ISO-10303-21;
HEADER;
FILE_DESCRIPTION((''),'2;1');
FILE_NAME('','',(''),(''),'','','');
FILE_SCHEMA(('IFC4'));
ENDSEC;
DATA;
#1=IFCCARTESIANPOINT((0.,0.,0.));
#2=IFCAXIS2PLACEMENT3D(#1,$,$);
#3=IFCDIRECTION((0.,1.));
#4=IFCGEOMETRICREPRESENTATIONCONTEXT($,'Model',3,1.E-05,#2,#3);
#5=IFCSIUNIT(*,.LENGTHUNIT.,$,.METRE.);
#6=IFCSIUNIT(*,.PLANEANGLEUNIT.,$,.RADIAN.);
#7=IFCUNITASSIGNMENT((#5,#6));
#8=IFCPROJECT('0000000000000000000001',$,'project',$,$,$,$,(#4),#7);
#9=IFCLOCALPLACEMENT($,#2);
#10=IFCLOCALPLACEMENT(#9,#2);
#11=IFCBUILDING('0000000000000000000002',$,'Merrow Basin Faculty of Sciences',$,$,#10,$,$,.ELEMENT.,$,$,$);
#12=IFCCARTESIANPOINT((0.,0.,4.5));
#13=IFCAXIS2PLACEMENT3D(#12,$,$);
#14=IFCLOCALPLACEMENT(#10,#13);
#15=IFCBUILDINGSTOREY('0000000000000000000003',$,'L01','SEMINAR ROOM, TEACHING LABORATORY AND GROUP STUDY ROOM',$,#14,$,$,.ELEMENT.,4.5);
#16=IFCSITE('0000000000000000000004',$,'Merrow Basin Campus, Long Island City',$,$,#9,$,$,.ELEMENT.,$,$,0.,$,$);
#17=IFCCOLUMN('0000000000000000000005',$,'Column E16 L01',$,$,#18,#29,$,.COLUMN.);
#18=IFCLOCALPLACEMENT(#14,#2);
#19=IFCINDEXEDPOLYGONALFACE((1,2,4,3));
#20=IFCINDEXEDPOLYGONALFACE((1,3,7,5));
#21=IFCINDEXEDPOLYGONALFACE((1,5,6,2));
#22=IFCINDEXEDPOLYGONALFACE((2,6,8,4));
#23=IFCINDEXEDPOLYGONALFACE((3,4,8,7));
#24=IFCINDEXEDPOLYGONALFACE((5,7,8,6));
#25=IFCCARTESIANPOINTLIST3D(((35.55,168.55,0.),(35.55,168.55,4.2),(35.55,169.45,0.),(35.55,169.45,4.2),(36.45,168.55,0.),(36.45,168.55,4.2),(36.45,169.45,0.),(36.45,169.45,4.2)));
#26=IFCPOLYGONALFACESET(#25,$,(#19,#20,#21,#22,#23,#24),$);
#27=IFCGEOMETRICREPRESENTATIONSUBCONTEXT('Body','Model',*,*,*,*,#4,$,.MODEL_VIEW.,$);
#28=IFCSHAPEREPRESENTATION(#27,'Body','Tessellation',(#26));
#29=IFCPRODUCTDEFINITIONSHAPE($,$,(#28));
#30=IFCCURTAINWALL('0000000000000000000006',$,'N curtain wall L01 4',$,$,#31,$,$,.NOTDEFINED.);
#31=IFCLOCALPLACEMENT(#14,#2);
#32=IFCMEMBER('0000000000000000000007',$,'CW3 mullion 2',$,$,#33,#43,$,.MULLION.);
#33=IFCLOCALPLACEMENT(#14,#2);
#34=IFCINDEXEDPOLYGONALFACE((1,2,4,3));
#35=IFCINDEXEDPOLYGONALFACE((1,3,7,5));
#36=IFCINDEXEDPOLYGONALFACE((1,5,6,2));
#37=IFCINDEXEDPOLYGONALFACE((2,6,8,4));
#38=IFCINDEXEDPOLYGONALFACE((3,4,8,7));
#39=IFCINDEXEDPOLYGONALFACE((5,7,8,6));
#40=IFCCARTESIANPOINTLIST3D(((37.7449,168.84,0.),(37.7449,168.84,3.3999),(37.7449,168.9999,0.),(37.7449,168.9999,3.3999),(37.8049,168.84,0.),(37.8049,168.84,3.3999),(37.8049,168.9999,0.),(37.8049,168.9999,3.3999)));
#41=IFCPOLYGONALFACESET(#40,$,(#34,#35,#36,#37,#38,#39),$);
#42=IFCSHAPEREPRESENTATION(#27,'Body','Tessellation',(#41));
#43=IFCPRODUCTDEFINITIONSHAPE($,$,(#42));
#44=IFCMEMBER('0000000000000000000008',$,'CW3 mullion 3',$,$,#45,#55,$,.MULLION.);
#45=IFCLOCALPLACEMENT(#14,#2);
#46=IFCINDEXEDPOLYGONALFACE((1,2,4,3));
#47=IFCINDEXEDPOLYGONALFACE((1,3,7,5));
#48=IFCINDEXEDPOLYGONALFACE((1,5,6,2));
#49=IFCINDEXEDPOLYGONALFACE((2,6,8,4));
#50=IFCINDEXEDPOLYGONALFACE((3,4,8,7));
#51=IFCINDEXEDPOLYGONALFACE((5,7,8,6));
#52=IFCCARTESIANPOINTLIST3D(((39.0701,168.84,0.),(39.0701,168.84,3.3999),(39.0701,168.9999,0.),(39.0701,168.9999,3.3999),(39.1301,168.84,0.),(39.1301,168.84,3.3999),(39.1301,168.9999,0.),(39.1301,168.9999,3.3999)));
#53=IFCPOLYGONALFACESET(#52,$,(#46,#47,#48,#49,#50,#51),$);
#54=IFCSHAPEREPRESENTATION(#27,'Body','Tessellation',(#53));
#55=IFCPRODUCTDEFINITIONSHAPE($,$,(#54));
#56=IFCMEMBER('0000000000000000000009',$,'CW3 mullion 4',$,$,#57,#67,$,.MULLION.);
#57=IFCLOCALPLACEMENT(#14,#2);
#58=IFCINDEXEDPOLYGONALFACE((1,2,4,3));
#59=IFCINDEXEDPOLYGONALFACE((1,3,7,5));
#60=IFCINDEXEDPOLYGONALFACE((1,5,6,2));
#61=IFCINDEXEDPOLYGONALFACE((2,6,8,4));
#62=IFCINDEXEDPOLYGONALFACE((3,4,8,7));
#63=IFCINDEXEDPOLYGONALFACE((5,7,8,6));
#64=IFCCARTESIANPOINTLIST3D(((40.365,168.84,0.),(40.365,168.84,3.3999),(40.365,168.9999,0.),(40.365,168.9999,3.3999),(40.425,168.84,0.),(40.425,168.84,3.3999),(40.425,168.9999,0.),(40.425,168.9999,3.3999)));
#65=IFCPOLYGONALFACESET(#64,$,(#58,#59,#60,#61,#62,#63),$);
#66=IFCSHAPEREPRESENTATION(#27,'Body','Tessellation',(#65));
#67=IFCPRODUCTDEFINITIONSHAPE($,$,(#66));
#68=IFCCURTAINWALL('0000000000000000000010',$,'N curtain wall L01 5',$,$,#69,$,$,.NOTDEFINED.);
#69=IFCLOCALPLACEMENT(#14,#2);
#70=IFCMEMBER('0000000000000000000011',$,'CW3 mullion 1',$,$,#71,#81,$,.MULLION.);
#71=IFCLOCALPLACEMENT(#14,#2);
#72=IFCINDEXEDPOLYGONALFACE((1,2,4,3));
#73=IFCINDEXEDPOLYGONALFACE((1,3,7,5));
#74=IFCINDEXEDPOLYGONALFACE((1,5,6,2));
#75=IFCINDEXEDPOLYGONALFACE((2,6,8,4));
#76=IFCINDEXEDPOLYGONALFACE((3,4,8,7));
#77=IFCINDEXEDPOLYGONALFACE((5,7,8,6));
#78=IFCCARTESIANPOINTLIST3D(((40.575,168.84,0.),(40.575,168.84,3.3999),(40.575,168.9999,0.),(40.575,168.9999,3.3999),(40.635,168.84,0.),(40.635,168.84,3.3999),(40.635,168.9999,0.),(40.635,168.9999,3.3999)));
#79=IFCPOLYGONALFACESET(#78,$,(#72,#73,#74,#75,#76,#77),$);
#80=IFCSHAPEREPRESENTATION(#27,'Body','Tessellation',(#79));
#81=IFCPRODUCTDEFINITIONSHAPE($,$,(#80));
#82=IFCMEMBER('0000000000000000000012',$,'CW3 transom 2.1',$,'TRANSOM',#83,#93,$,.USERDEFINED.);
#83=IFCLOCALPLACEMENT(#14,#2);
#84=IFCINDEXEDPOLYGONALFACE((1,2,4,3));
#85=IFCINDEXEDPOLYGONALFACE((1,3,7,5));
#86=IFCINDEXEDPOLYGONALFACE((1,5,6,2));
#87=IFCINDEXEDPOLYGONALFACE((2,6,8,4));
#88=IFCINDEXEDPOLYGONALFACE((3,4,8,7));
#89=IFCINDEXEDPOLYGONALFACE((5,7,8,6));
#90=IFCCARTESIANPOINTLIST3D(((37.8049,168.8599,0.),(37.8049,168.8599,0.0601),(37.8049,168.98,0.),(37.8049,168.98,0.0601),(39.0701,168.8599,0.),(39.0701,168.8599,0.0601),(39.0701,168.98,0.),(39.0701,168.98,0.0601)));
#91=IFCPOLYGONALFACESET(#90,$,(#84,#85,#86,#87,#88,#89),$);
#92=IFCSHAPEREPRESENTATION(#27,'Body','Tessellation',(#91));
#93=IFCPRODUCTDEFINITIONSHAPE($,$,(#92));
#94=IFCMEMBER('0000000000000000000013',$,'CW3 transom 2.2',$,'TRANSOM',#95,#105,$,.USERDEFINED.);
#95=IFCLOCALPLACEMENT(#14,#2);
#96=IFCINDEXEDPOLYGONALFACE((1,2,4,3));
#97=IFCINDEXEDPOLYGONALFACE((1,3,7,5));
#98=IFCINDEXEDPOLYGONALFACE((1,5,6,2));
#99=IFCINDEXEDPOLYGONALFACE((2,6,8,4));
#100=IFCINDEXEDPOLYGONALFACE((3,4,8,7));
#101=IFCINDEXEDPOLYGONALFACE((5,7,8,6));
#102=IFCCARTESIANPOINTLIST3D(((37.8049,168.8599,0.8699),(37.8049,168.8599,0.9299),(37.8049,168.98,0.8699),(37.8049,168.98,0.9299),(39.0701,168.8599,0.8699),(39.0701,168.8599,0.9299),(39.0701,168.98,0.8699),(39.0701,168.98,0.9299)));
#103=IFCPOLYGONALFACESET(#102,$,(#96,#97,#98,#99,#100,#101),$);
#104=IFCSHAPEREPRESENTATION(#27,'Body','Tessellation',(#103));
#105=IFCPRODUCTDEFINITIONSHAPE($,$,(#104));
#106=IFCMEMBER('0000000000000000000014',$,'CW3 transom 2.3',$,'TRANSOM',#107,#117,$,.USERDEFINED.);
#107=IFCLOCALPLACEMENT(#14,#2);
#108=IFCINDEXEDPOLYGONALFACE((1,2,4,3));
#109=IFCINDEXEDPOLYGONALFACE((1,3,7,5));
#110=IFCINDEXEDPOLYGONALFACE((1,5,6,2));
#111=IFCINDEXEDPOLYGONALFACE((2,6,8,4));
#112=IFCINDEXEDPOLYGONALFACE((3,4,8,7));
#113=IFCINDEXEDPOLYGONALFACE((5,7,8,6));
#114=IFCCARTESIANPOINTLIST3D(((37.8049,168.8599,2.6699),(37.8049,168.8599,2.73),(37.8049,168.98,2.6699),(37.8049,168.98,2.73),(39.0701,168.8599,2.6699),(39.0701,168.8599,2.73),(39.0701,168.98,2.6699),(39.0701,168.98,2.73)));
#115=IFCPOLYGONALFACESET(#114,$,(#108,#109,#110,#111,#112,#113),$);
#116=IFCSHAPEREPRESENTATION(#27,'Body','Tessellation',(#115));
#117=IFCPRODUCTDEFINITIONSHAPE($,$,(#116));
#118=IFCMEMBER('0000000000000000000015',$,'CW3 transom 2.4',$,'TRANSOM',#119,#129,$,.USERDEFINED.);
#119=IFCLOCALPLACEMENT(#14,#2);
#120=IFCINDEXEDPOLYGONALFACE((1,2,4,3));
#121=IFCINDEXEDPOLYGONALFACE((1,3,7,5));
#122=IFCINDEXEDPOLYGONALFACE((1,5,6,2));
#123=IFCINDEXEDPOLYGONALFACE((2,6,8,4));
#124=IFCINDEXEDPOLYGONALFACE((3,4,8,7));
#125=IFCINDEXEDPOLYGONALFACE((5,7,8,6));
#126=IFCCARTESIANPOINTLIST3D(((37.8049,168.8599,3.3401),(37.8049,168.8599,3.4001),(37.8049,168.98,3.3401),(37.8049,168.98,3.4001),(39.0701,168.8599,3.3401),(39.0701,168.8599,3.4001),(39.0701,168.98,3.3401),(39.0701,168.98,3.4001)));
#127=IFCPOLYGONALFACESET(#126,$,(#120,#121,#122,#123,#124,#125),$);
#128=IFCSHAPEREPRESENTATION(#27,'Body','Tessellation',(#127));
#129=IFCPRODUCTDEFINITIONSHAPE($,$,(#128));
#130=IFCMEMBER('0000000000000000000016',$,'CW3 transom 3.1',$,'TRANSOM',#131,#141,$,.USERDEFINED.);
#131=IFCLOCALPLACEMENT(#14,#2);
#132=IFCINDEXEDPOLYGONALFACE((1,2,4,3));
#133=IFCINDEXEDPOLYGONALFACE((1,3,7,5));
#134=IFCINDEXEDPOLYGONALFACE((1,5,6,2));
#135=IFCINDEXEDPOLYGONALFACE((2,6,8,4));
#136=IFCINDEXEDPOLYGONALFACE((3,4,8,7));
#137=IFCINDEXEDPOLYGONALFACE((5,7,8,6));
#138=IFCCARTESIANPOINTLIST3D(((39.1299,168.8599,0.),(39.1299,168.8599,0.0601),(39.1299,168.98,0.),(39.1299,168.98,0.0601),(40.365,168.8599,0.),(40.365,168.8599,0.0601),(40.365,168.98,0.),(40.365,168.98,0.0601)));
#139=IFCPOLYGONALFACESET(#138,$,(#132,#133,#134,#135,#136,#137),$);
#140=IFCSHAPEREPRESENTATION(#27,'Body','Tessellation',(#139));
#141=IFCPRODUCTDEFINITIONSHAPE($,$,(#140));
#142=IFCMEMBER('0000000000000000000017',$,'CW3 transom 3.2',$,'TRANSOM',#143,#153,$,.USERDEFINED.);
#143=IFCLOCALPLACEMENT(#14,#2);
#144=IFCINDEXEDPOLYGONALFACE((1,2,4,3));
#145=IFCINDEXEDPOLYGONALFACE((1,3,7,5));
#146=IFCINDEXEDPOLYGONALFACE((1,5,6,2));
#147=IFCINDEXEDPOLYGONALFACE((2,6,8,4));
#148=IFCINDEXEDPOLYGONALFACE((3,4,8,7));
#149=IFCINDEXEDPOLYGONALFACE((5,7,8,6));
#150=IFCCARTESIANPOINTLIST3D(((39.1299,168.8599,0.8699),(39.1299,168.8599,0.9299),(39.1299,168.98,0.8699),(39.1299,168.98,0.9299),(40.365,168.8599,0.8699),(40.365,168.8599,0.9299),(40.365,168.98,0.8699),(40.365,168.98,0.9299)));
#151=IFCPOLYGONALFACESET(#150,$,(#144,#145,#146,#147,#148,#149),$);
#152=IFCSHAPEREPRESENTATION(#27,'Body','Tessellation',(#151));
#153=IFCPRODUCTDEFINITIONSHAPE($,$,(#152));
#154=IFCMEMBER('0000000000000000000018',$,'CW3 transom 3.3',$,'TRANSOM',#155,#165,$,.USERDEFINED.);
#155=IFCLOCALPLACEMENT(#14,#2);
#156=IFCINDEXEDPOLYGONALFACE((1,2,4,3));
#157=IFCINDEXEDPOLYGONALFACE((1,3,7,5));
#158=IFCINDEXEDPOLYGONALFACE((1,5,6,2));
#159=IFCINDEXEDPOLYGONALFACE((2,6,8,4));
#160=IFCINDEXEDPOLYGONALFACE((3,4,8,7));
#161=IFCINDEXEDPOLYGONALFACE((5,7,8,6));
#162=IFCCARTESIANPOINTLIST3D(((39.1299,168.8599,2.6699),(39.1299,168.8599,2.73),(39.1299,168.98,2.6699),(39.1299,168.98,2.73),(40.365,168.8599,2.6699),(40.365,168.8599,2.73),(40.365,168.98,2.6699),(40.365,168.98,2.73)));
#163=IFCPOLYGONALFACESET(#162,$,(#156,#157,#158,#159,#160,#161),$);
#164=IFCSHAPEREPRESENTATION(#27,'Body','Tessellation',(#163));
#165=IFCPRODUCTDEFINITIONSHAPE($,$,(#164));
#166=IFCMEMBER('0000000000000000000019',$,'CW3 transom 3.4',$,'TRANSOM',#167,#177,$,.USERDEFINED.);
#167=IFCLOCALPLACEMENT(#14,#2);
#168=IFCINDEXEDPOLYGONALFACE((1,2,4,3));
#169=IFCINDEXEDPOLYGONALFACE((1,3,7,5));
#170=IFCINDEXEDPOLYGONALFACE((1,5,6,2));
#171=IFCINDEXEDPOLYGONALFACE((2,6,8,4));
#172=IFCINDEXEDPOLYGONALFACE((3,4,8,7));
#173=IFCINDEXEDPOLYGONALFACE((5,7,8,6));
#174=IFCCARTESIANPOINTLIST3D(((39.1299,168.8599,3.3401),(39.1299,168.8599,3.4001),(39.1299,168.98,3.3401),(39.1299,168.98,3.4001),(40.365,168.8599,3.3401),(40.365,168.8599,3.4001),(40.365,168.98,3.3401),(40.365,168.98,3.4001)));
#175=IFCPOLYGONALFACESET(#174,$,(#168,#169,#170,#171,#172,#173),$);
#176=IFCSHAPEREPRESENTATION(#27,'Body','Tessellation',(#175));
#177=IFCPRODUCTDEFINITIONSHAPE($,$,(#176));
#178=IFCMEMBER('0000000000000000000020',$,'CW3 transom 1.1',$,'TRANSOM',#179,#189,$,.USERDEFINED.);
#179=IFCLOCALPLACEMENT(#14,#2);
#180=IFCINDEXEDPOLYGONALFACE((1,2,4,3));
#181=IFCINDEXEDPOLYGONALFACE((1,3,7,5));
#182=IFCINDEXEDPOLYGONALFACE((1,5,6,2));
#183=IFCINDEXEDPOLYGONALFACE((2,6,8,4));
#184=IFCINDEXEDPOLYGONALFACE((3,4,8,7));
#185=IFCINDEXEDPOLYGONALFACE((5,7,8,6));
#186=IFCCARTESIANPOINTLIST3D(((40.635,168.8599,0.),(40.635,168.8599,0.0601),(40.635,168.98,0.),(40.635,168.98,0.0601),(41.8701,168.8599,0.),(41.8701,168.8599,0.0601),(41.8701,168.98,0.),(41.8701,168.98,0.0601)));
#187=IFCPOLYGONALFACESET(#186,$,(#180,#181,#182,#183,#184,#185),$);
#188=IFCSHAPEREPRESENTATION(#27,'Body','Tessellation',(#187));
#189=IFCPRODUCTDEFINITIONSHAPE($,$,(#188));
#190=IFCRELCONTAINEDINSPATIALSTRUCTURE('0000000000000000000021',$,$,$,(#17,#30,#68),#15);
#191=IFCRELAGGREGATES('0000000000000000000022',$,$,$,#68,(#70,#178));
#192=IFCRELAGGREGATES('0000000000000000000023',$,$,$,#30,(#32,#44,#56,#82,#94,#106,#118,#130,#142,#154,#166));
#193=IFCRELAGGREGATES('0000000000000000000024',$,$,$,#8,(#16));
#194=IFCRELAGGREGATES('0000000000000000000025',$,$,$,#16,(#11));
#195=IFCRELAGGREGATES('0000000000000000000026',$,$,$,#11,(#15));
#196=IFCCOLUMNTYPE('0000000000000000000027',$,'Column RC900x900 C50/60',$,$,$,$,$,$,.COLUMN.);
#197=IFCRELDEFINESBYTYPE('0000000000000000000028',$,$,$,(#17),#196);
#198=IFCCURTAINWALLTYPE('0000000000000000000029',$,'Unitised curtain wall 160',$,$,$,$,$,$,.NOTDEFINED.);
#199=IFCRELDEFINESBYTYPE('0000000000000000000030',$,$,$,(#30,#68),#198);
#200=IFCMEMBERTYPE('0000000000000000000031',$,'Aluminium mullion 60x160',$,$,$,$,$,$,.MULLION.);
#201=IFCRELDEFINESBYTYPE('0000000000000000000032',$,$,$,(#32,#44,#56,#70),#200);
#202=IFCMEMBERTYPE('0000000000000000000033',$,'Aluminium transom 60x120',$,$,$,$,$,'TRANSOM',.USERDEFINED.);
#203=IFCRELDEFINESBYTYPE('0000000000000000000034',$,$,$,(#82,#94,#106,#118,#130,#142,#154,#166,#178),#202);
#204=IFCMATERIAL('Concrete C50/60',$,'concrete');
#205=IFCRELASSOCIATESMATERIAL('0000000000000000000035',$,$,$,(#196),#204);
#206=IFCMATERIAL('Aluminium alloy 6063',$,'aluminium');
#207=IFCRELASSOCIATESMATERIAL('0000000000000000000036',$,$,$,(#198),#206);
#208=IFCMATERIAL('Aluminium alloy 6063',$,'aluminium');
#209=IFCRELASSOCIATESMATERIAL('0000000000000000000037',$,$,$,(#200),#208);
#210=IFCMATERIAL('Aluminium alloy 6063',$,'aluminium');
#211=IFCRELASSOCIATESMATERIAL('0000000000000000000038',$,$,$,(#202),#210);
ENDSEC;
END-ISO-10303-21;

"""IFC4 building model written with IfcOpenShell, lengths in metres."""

from ifc_helpers import new_model, si_unit, direction, frame, origin, origin_2d, place, context, subcontext, project, spatial, rectangle, extrude, material, material_profile, profile_set, type_object, element, aggregate, save


model = new_model("IFC4")

# Units and contexts
model_context = context("Model", 3, precision=1e-05, world=origin(), true_north=direction((0.0, 1.0)))
body_context = subcontext(model_context, "Body", "Model", "MODEL_VIEW")
ifc_project = project(units=[si_unit("LENGTHUNIT", "METRE"), si_unit("PLANEANGLEUNIT", "RADIAN")], contexts=[model_context])

# Site, building, storey
site_placement = place(None, origin())
site = spatial("IfcSite", under=ifc_project, at=site_placement, Name="Merrow Basin Campus, Long Island City", CompositionType="ELEMENT", RefElevation=0.0)
building_placement = place(site_placement, origin())
building = spatial("IfcBuilding", under=site, at=building_placement, Name="Merrow Basin Faculty of Sciences", CompositionType="ELEMENT")
storey_placement = place(building_placement, frame((0.0, 0.0, 4.5)))
storey = spatial("IfcBuildingStorey", under=building, at=storey_placement, Name="L01", Description="SEMINAR ROOM, TEACHING LABORATORY AND GROUP STUDY ROOM", CompositionType="ELEMENT", Elevation=4.5)

# Column
ifc_material_1 = material(Name="Concrete C50/60", Category="concrete")
ifc_material_profile_1 = material_profile(ifc_material_1, rectangle(XDim=0.8999, YDim=0.8999, at=origin_2d()))
ifc_profile_set_1 = profile_set([ifc_material_profile_1], Name="Concrete C50/60")
column_type = type_object("IfcColumnType", Name="Column RC900x900 C50/60", PredefinedType="COLUMN", material=ifc_profile_set_1)
column_placement = place(storey_placement, frame((36.0, 169.0, 0.0), z_axis=(0.0, 0.0, 1.0), x_axis=(1.0, 0.0, 0.0)))
element("IfcColumn", 1, at=column_placement, inside=storey, type_object=column_type, Name="Column E16 L01", PredefinedType="COLUMN", context=body_context, shape_type="SweptSolid", body=[
    extrude(rectangle(XDim=0.8999, YDim=0.8999, at=origin_2d()), origin(), (0.0, 0.0, 1.0), 4.2),
])

# Curtain wall, members
ifc_material_2 = material(Name="Aluminium alloy 6063", Category="aluminium")
curtain_wall_type = type_object("IfcCurtainWallType", Name="Unitised curtain wall 160", PredefinedType="NOTDEFINED", material=ifc_material_2)
curtain_wall_1_placement = place(storey_placement, origin())
curtain_wall_1 = element("IfcCurtainWall", 2, at=curtain_wall_1_placement, inside=storey, type_object=curtain_wall_type, Name="N curtain wall L01 4", PredefinedType="NOTDEFINED")
ifc_material_3 = material(Name="Aluminium alloy 6063", Category="aluminium")
ifc_material_profile_2 = material_profile(ifc_material_3, rectangle(XDim=0.1599, YDim=0.0601, at=origin_2d()))
ifc_profile_set_2 = profile_set([ifc_material_profile_2], Name="Aluminium alloy 6063")
member_type_1 = type_object("IfcMemberType", Name="Aluminium mullion 60x160", PredefinedType="MULLION", material=ifc_profile_set_2)
member_1_placement = place(storey_placement, frame((37.7749, 168.9199, 0.0), z_axis=(0.0, 0.0, 1.0), x_axis=(0.0, 1.0, 0.0)))
member_1 = element("IfcMember", 3, at=member_1_placement, type_object=member_type_1, Name="CW3 mullion 2", PredefinedType="MULLION", context=body_context, shape_type="SweptSolid", body=[
    extrude(rectangle(XDim=0.1599, YDim=0.0601, at=origin_2d()), origin(), (0.0, 0.0, 1.0), 3.3999),
])
member_2_placement = place(storey_placement, frame((39.1001, 168.9199, 0.0), z_axis=(0.0, 0.0, 1.0), x_axis=(0.0, 1.0, 0.0)))
member_2 = element("IfcMember", 4, at=member_2_placement, type_object=member_type_1, Name="CW3 mullion 3", PredefinedType="MULLION", context=body_context, shape_type="SweptSolid", body=[
    extrude(rectangle(XDim=0.1599, YDim=0.0601, at=origin_2d()), origin(), (0.0, 0.0, 1.0), 3.3999),
])
member_3_placement = place(storey_placement, frame((40.395, 168.9199, 0.0), z_axis=(0.0, 0.0, 1.0), x_axis=(0.0, 1.0, 0.0)))
member_3 = element("IfcMember", 5, at=member_3_placement, type_object=member_type_1, Name="CW3 mullion 4", PredefinedType="MULLION", context=body_context, shape_type="SweptSolid", body=[
    extrude(rectangle(XDim=0.1599, YDim=0.0601, at=origin_2d()), origin(), (0.0, 0.0, 1.0), 3.3999),
])

# Curtain wall, member
curtain_wall_2_placement = place(storey_placement, origin())
curtain_wall_2 = element("IfcCurtainWall", 6, at=curtain_wall_2_placement, inside=storey, type_object=curtain_wall_type, Name="N curtain wall L01 5", PredefinedType="NOTDEFINED")
member_4_placement = place(storey_placement, frame((40.605, 168.9199, 0.0), z_axis=(0.0, 0.0, 1.0), x_axis=(0.0, 1.0, 0.0)))
member_4 = element("IfcMember", 7, at=member_4_placement, type_object=member_type_1, Name="CW3 mullion 1", PredefinedType="MULLION", context=body_context, shape_type="SweptSolid", body=[
    extrude(rectangle(XDim=0.1599, YDim=0.0601, at=origin_2d()), origin(), (0.0, 0.0, 1.0), 3.3999),
])

# Members
ifc_material_4 = material(Name="Aluminium alloy 6063", Category="aluminium")
ifc_material_profile_3 = material_profile(ifc_material_4, rectangle(XDim=0.1201, YDim=0.0601, at=origin_2d()))
ifc_profile_set_3 = profile_set([ifc_material_profile_3], Name="Aluminium alloy 6063")
member_type_2 = type_object("IfcMemberType", Name="Aluminium transom 60x120", ElementType="TRANSOM", PredefinedType="USERDEFINED", material=ifc_profile_set_3)
member_5_placement = place(storey_placement, frame((37.8049, 168.9199, 0.03), z_axis=(1.0, 0.0, 0.0), x_axis=(0.0, 1.0, 0.0)))
member_5 = element("IfcMember", 8, at=member_5_placement, type_object=member_type_2, Name="CW3 transom 2.1", ObjectType="TRANSOM", PredefinedType="USERDEFINED", context=body_context, shape_type="SweptSolid", body=[
    extrude(rectangle(XDim=0.1201, YDim=0.0601, at=origin_2d()), origin(), (0.0, 0.0, 1.0), 1.2651),
])
member_6_placement = place(storey_placement, frame((37.8049, 168.9199, 0.8999), z_axis=(1.0, 0.0, 0.0), x_axis=(0.0, 1.0, 0.0)))
member_6 = element("IfcMember", 9, at=member_6_placement, type_object=member_type_2, Name="CW3 transom 2.2", ObjectType="TRANSOM", PredefinedType="USERDEFINED", context=body_context, shape_type="SweptSolid", body=[
    extrude(rectangle(XDim=0.1201, YDim=0.0601, at=origin_2d()), origin(), (0.0, 0.0, 1.0), 1.2651),
])
member_7_placement = place(storey_placement, frame((37.8049, 168.9199, 2.7), z_axis=(1.0, 0.0, 0.0), x_axis=(0.0, 1.0, 0.0)))
member_7 = element("IfcMember", 10, at=member_7_placement, type_object=member_type_2, Name="CW3 transom 2.3", ObjectType="TRANSOM", PredefinedType="USERDEFINED", context=body_context, shape_type="SweptSolid", body=[
    extrude(rectangle(XDim=0.1201, YDim=0.0601, at=origin_2d()), origin(), (0.0, 0.0, 1.0), 1.2651),
])
member_8_placement = place(storey_placement, frame((37.8049, 168.9199, 3.3701), z_axis=(1.0, 0.0, 0.0), x_axis=(0.0, 1.0, 0.0)))
member_8 = element("IfcMember", 11, at=member_8_placement, type_object=member_type_2, Name="CW3 transom 2.4", ObjectType="TRANSOM", PredefinedType="USERDEFINED", context=body_context, shape_type="SweptSolid", body=[
    extrude(rectangle(XDim=0.1201, YDim=0.0601, at=origin_2d()), origin(), (0.0, 0.0, 1.0), 1.2651),
])
member_9_placement = place(storey_placement, frame((39.1299, 168.9199, 0.03), z_axis=(1.0, 0.0, 0.0), x_axis=(0.0, 1.0, 0.0)))
member_9 = element("IfcMember", 12, at=member_9_placement, type_object=member_type_2, Name="CW3 transom 3.1", ObjectType="TRANSOM", PredefinedType="USERDEFINED", context=body_context, shape_type="SweptSolid", body=[
    extrude(rectangle(XDim=0.1201, YDim=0.0601, at=origin_2d()), origin(), (0.0, 0.0, 1.0), 1.2351),
])
member_10_placement = place(storey_placement, frame((39.1299, 168.9199, 0.8999), z_axis=(1.0, 0.0, 0.0), x_axis=(0.0, 1.0, 0.0)))
member_10 = element("IfcMember", 13, at=member_10_placement, type_object=member_type_2, Name="CW3 transom 3.2", ObjectType="TRANSOM", PredefinedType="USERDEFINED", context=body_context, shape_type="SweptSolid", body=[
    extrude(rectangle(XDim=0.1201, YDim=0.0601, at=origin_2d()), origin(), (0.0, 0.0, 1.0), 1.2351),
])
member_11_placement = place(storey_placement, frame((39.1299, 168.9199, 2.7), z_axis=(1.0, 0.0, 0.0), x_axis=(0.0, 1.0, 0.0)))
member_11 = element("IfcMember", 14, at=member_11_placement, type_object=member_type_2, Name="CW3 transom 3.3", ObjectType="TRANSOM", PredefinedType="USERDEFINED", context=body_context, shape_type="SweptSolid", body=[
    extrude(rectangle(XDim=0.1201, YDim=0.0601, at=origin_2d()), origin(), (0.0, 0.0, 1.0), 1.2351),
])
member_12_placement = place(storey_placement, frame((39.1299, 168.9199, 3.3701), z_axis=(1.0, 0.0, 0.0), x_axis=(0.0, 1.0, 0.0)))
member_12 = element("IfcMember", 15, at=member_12_placement, type_object=member_type_2, Name="CW3 transom 3.4", ObjectType="TRANSOM", PredefinedType="USERDEFINED", context=body_context, shape_type="SweptSolid", body=[
    extrude(rectangle(XDim=0.1201, YDim=0.0601, at=origin_2d()), origin(), (0.0, 0.0, 1.0), 1.2351),
])
member_13_placement = place(storey_placement, frame((40.635, 168.9199, 0.03), z_axis=(1.0, 0.0, 0.0), x_axis=(0.0, 1.0, 0.0)))
member_13 = element("IfcMember", 16, at=member_13_placement, type_object=member_type_2, Name="CW3 transom 1.1", ObjectType="TRANSOM", PredefinedType="USERDEFINED", context=body_context, shape_type="SweptSolid", body=[
    extrude(rectangle(XDim=0.1201, YDim=0.0601, at=origin_2d()), origin(), (0.0, 0.0, 1.0), 1.2351),
])
aggregate(curtain_wall_2, [member_4, member_13])

aggregate(curtain_wall_1, [member_1, member_2, member_3, member_5, member_6, member_7, member_8, member_9, member_10, member_11, member_12])

save(model, "model.ifc")
